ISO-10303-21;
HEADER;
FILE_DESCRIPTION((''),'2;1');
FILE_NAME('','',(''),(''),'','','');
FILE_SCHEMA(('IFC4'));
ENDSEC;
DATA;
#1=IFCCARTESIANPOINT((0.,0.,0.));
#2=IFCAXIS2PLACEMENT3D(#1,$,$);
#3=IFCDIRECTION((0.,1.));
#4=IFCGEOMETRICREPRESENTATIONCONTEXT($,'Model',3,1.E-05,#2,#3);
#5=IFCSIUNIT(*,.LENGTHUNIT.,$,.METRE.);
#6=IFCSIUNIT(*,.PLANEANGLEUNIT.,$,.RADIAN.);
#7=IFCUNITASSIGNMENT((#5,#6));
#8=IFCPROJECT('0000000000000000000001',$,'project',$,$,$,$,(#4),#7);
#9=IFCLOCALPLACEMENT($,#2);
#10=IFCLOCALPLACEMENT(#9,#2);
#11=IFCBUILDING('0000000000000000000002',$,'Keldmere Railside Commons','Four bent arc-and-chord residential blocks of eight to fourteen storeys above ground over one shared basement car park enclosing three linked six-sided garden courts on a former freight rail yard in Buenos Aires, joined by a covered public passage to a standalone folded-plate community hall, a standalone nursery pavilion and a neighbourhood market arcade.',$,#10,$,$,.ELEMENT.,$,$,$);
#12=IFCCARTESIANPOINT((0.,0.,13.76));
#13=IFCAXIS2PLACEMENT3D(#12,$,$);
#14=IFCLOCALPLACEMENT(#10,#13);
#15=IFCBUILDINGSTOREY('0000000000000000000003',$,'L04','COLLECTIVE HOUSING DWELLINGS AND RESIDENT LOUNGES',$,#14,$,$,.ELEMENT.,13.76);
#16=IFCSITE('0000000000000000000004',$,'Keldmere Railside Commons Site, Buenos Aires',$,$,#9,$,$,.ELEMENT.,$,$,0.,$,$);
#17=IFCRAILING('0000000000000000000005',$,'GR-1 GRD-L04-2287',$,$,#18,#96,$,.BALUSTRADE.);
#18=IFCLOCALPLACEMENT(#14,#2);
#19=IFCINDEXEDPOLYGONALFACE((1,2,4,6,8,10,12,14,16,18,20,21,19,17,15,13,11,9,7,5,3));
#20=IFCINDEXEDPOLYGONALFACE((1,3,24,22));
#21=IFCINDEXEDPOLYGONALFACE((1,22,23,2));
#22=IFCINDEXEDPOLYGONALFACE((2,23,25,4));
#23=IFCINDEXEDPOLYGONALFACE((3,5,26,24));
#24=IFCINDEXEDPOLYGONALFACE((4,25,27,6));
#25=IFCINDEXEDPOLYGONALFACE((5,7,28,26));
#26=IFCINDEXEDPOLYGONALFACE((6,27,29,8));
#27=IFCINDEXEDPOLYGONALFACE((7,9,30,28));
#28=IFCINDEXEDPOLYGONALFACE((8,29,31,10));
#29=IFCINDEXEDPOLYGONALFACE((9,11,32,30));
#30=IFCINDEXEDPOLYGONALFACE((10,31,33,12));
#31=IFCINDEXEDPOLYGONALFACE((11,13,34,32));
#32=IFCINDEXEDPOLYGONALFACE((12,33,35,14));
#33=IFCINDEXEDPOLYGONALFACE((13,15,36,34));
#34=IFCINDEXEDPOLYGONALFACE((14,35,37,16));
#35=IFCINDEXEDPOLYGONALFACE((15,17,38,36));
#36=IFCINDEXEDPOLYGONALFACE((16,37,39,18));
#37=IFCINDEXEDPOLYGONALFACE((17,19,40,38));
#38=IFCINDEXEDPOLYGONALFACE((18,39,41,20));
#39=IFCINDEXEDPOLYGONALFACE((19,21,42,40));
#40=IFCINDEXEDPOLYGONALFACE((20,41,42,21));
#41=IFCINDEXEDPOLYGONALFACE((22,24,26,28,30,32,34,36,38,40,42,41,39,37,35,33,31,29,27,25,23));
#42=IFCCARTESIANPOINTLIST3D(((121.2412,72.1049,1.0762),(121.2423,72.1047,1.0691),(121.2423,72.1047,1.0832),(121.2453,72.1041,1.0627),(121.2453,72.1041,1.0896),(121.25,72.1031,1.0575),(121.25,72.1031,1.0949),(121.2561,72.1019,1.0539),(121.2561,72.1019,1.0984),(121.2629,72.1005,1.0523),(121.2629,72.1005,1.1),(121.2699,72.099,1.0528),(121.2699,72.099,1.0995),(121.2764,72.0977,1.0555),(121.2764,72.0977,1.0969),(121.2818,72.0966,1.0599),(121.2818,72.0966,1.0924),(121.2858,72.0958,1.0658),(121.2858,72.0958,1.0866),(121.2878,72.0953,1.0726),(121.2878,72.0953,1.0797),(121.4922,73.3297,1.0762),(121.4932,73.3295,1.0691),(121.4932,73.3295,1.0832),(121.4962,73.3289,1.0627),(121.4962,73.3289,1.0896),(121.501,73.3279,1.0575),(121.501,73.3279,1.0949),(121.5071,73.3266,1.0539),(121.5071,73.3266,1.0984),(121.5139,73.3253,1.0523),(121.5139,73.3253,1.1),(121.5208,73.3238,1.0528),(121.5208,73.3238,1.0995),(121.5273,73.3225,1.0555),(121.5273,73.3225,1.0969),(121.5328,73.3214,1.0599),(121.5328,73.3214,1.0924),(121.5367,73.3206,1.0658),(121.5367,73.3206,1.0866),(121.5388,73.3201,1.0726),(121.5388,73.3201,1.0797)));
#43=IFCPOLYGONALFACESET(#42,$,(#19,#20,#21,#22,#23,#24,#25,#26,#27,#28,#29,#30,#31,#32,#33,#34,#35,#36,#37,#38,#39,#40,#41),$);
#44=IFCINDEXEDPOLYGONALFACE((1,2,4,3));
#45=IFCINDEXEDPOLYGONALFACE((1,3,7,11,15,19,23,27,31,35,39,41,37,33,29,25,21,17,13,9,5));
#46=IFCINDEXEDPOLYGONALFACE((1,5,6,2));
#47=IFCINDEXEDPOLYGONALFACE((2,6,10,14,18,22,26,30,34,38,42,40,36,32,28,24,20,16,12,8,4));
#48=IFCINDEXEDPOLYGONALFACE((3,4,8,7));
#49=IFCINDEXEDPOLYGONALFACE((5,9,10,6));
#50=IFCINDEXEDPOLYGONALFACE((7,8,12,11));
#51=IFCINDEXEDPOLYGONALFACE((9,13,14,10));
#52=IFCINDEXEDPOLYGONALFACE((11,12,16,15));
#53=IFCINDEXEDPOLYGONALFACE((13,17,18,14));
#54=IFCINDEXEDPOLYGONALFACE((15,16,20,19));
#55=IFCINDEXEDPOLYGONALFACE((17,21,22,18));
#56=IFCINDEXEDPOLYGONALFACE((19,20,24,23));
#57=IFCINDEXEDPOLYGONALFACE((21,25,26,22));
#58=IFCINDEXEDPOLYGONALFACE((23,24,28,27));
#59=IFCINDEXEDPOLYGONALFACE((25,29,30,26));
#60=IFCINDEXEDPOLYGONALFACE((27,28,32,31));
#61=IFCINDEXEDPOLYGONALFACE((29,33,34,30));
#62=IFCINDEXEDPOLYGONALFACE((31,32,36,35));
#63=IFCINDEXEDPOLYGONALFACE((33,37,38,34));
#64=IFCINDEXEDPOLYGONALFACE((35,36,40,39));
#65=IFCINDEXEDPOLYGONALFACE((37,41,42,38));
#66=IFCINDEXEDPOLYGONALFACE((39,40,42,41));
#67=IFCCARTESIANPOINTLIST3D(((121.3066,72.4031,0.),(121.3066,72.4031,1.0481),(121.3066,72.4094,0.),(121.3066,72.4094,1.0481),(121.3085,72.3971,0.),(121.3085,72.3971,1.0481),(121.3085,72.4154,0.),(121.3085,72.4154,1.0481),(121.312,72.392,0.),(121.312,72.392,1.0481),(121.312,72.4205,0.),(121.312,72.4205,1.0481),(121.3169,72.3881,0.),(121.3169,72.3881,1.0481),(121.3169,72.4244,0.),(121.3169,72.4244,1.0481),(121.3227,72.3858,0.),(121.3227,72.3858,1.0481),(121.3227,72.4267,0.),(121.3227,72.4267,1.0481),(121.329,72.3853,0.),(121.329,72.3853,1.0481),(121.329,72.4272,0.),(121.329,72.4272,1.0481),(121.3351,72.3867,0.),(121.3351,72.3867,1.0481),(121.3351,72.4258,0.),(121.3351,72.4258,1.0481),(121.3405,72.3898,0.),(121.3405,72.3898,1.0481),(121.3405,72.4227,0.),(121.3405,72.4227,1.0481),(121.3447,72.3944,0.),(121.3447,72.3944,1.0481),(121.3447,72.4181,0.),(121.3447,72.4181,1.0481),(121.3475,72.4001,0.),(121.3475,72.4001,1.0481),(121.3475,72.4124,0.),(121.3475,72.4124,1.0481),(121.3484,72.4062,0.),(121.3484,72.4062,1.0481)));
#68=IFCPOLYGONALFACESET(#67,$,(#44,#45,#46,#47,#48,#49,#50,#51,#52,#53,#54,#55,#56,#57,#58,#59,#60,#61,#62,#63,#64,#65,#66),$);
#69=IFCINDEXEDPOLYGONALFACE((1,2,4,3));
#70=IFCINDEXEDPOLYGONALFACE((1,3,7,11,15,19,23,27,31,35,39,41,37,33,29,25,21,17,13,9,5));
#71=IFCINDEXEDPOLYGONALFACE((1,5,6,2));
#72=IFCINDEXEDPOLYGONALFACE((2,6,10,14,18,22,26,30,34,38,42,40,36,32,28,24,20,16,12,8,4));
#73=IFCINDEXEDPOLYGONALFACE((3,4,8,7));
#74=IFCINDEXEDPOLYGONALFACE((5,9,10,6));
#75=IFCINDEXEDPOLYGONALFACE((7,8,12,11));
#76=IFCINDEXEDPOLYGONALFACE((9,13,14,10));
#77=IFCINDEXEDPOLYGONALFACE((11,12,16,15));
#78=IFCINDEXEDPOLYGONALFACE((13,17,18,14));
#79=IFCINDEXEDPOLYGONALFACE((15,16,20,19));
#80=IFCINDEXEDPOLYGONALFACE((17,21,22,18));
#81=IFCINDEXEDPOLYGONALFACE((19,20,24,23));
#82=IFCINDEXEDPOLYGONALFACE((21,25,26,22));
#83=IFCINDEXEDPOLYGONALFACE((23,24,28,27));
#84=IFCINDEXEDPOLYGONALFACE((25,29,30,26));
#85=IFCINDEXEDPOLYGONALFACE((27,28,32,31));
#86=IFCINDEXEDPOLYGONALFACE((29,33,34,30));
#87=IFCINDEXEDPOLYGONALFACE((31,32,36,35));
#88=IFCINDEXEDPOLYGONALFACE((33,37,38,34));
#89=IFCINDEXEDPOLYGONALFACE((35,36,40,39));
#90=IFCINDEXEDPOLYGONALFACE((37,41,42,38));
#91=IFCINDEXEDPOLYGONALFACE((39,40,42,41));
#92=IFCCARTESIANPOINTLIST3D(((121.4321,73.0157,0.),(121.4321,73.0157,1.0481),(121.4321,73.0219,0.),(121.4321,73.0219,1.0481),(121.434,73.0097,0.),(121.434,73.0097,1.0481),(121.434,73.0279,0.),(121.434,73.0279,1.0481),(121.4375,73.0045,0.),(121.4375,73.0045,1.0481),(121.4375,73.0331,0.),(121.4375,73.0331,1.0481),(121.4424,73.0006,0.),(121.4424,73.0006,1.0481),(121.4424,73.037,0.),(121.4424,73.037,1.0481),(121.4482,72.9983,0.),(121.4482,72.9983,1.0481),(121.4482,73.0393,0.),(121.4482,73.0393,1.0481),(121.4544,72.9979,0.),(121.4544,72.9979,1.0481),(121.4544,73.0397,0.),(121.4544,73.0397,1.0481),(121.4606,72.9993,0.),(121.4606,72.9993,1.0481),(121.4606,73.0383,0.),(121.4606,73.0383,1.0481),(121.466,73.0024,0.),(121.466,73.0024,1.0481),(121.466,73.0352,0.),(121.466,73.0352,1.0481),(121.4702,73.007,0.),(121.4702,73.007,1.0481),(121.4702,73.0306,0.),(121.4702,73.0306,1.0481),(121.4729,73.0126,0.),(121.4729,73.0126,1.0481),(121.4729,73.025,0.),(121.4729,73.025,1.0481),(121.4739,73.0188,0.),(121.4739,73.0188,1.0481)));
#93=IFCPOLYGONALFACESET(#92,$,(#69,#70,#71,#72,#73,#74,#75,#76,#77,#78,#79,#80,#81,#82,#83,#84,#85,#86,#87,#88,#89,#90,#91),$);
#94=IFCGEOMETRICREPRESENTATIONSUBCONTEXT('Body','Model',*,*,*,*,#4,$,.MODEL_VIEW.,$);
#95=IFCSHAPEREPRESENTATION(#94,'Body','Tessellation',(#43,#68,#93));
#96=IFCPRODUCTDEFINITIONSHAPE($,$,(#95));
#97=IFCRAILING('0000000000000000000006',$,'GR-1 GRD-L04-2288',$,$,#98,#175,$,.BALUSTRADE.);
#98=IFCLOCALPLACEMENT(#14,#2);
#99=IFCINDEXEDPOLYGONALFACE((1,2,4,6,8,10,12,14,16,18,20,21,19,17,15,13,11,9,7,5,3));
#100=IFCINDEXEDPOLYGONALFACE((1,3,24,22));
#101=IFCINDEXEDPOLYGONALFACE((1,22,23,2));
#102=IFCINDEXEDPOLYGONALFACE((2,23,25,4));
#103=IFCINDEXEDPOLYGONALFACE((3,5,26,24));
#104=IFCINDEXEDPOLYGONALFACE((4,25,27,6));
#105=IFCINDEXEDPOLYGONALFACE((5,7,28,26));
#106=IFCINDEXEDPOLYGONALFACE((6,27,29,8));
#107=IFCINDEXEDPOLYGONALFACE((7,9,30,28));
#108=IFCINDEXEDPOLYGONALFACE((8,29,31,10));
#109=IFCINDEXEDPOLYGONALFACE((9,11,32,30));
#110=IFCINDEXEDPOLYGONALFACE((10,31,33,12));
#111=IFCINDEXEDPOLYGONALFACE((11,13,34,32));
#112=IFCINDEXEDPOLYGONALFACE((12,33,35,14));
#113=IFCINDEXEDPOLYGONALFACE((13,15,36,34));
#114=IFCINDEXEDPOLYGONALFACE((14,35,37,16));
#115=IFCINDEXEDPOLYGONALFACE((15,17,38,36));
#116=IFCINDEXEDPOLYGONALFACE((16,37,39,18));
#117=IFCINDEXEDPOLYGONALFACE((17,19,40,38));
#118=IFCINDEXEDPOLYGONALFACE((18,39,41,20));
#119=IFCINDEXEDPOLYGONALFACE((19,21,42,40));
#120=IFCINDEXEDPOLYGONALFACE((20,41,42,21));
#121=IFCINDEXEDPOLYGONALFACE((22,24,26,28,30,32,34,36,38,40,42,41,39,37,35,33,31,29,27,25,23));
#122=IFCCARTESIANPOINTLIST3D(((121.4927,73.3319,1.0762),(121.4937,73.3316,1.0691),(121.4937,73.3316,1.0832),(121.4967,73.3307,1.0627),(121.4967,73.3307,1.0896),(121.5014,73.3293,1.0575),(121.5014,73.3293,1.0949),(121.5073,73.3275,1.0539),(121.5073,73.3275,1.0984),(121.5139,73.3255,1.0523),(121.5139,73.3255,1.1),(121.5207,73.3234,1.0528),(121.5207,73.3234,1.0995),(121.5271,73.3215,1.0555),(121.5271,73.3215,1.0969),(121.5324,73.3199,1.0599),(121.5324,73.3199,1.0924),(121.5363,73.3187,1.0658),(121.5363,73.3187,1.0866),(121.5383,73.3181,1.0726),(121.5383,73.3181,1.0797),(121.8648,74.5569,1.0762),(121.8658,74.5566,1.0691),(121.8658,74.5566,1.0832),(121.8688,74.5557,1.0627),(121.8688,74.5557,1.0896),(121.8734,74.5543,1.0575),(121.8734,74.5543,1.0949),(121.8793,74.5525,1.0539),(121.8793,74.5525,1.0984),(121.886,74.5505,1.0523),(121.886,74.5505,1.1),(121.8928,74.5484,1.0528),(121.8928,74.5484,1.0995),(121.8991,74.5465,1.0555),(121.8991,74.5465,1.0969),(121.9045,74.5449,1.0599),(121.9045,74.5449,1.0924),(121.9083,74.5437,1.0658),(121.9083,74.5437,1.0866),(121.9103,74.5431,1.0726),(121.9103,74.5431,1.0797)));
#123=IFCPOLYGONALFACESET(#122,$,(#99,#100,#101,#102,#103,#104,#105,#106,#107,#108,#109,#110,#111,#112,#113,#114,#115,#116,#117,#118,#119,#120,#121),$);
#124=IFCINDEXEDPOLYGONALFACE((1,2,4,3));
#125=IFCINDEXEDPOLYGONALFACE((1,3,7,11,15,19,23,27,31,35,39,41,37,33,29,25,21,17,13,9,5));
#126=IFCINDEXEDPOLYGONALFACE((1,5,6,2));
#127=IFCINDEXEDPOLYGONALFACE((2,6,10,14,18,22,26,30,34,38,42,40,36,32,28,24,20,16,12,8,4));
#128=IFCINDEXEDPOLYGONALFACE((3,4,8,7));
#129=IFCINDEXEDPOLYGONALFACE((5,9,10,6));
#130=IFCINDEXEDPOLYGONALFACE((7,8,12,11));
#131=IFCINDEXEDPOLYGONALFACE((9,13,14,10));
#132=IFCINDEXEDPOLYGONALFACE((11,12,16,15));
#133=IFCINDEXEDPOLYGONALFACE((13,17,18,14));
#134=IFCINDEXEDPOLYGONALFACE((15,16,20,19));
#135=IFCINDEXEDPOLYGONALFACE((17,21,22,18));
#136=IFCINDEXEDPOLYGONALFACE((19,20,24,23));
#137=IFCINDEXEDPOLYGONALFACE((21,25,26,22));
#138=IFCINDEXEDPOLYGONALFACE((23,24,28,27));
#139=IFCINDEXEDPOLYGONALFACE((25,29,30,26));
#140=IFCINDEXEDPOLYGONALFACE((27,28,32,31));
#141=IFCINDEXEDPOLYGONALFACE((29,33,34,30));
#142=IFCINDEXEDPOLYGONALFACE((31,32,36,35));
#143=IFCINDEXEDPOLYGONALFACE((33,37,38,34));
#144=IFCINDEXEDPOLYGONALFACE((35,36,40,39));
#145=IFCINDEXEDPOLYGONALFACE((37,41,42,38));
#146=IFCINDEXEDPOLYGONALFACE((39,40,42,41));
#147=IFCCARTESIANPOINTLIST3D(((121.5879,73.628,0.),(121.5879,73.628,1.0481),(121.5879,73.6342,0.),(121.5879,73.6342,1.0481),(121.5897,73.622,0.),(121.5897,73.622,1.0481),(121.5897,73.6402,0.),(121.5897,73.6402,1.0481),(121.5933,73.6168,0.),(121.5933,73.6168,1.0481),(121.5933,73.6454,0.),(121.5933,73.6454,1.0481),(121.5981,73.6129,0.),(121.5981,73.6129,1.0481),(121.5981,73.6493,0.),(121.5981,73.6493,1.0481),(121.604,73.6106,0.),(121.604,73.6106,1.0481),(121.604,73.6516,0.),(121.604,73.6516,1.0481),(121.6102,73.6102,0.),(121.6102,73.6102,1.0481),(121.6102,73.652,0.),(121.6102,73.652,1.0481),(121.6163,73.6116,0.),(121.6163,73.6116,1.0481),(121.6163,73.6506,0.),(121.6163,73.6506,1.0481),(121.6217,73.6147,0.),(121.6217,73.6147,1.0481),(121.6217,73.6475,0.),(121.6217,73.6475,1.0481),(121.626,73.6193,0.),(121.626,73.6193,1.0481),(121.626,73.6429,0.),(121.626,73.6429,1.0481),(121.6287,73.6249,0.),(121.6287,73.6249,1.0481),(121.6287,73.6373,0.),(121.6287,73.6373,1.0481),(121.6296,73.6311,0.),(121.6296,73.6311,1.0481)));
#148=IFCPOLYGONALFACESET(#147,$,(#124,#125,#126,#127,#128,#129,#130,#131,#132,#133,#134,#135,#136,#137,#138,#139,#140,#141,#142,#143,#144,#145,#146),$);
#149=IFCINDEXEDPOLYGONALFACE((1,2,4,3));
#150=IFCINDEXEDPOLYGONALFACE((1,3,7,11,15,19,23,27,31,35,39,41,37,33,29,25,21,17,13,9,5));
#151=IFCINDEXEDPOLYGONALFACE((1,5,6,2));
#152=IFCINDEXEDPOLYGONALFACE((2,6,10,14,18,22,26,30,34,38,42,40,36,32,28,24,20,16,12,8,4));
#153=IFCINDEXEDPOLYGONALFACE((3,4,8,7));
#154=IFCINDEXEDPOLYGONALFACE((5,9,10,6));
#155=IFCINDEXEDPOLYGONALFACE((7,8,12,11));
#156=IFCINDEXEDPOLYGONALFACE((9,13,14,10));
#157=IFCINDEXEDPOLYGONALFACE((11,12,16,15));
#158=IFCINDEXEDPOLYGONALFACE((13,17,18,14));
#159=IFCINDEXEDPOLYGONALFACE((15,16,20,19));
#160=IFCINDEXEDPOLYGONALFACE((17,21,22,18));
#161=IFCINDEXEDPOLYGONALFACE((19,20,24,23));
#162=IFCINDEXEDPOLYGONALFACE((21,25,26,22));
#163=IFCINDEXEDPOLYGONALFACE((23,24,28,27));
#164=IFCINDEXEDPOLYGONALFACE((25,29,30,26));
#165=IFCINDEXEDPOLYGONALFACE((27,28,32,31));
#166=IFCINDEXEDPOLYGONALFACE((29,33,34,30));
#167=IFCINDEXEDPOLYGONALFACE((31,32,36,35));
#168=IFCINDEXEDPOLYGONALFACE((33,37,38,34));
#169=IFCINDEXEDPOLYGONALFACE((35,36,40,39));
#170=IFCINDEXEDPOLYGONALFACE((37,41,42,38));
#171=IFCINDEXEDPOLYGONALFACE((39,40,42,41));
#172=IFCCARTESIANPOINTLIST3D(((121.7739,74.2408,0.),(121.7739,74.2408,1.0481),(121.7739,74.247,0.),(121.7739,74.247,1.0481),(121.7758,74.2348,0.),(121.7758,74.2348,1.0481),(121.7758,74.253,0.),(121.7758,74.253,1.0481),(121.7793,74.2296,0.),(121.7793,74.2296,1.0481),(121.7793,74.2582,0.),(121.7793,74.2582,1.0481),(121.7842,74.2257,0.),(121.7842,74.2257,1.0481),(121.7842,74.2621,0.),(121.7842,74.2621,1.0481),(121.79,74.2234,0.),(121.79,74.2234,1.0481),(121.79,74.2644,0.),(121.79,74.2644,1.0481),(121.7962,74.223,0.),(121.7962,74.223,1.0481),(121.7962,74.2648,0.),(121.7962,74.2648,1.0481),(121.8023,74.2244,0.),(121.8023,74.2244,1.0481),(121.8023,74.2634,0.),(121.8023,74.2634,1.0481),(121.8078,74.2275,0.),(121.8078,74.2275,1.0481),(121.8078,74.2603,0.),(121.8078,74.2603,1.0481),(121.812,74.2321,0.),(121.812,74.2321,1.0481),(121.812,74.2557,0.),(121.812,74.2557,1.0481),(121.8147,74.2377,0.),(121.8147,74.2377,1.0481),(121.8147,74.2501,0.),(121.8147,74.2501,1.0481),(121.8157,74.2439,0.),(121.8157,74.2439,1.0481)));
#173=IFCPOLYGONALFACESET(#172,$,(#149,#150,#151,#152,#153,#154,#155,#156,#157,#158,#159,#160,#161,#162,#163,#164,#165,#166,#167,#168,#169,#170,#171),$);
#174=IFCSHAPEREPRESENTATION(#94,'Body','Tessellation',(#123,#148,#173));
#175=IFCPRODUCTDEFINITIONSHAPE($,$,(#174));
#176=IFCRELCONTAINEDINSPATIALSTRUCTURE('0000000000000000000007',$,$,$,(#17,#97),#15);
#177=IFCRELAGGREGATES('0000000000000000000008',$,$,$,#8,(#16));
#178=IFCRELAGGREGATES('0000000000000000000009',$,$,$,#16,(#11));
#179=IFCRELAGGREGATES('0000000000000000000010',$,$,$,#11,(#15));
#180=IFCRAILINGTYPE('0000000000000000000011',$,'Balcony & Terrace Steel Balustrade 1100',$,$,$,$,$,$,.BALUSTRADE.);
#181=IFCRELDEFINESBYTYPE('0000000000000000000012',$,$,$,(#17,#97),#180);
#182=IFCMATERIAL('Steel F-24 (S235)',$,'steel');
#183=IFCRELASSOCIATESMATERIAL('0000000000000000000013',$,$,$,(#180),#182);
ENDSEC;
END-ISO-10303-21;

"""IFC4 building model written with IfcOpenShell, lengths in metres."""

from ifc_helpers import new_model, si_unit, direction, frame, origin, origin_2d, place, context, subcontext, project, spatial, circle, extrude, material, type_object, element, save


model = new_model("IFC4")

# Units and contexts
model_context = context("Model", 3, precision=1e-05, world=origin(), true_north=direction((0.0, 1.0)))
body_context = subcontext(model_context, "Body", "Model", "MODEL_VIEW")
ifc_project = project(units=[si_unit("LENGTHUNIT", "METRE"), si_unit("PLANEANGLEUNIT", "RADIAN")], contexts=[model_context])

# Site, building, storey
site_placement = place(None, origin())
site = spatial("IfcSite", under=ifc_project, at=site_placement, Name="Keldmere Railside Commons Site, Buenos Aires", CompositionType="ELEMENT", RefElevation=0.0)
building_placement = place(site_placement, origin())
building = spatial("IfcBuilding", under=site, at=building_placement, Name="Keldmere Railside Commons", Description="Four bent arc-and-chord residential blocks of eight to fourteen storeys above ground over one shared basement car park enclosing three linked six-sided garden courts on a former freight rail yard in Buenos Aires, joined by a covered public passage to a standalone folded-plate community hall, a standalone nursery pavilion and a neighbourhood market arcade.", CompositionType="ELEMENT")
storey_placement = place(building_placement, frame((0.0, 0.0, 13.76)))
storey = spatial("IfcBuildingStorey", under=building, at=storey_placement, Name="L04", Description="COLLECTIVE HOUSING DWELLINGS AND RESIDENT LOUNGES", CompositionType="ELEMENT", Elevation=13.76)

# Railings
ifc_material_1 = material(Name="Steel F-24 (S235)", Category="steel")
railing_type_1 = type_object("IfcRailingType", Name="Balcony & Terrace Steel Balustrade 1100", PredefinedType="BALUSTRADE", material=ifc_material_1)
railing_1_placement = place(storey_placement, frame((121.2646, 72.1001, 0.0)))
element("IfcRailing", 1, at=railing_1_placement, inside=storey, type_object=railing_type_1, Name="GR-1 GRD-L04-2287", PredefinedType="BALUSTRADE", context=body_context, shape_type="SweptSolid", body=[
    extrude(circle(Radius=0.0239, at=origin_2d()), frame((0.0, 0.0, 1.0762), z_axis=(0.200733, 0.979646, 0.0), x_axis=(-0.979646, 0.200733, 0.0)), (0.0, 0.0, 1.0), 1.2502),
    extrude(circle(Radius=0.021, at=origin_2d()), frame((0.0627, 0.3062, 0.0)), (0.0, 0.0, 1.0), 1.0481),
    extrude(circle(Radius=0.021, at=origin_2d()), frame((0.1882, 0.9187, 0.0)), (0.0, 0.0, 1.0), 1.0481),
])
railing_2_placement = place(storey_placement, frame((121.5156, 73.325, 0.0)))
element("IfcRailing", 2, at=railing_2_placement, inside=storey, type_object=railing_type_1, Name="GR-1 GRD-L04-2288", PredefinedType="BALUSTRADE", context=body_context, shape_type="SweptSolid", body=[
    extrude(circle(Radius=0.0239, at=origin_2d()), frame((0.0, 0.0, 1.0762), z_axis=(0.2906, 0.956845, 0.0), x_axis=(-0.956845, 0.2906, 0.0)), (0.0, 0.0, 1.0), 1.2803),
    extrude(circle(Radius=0.021, at=origin_2d()), frame((0.093, 0.3062, 0.0)), (0.0, 0.0, 1.0), 1.0481),
    extrude(circle(Radius=0.021, at=origin_2d()), frame((0.2791, 0.9189, 0.0)), (0.0, 0.0, 1.0), 1.0481),
])

save(model, "model.ifc")
